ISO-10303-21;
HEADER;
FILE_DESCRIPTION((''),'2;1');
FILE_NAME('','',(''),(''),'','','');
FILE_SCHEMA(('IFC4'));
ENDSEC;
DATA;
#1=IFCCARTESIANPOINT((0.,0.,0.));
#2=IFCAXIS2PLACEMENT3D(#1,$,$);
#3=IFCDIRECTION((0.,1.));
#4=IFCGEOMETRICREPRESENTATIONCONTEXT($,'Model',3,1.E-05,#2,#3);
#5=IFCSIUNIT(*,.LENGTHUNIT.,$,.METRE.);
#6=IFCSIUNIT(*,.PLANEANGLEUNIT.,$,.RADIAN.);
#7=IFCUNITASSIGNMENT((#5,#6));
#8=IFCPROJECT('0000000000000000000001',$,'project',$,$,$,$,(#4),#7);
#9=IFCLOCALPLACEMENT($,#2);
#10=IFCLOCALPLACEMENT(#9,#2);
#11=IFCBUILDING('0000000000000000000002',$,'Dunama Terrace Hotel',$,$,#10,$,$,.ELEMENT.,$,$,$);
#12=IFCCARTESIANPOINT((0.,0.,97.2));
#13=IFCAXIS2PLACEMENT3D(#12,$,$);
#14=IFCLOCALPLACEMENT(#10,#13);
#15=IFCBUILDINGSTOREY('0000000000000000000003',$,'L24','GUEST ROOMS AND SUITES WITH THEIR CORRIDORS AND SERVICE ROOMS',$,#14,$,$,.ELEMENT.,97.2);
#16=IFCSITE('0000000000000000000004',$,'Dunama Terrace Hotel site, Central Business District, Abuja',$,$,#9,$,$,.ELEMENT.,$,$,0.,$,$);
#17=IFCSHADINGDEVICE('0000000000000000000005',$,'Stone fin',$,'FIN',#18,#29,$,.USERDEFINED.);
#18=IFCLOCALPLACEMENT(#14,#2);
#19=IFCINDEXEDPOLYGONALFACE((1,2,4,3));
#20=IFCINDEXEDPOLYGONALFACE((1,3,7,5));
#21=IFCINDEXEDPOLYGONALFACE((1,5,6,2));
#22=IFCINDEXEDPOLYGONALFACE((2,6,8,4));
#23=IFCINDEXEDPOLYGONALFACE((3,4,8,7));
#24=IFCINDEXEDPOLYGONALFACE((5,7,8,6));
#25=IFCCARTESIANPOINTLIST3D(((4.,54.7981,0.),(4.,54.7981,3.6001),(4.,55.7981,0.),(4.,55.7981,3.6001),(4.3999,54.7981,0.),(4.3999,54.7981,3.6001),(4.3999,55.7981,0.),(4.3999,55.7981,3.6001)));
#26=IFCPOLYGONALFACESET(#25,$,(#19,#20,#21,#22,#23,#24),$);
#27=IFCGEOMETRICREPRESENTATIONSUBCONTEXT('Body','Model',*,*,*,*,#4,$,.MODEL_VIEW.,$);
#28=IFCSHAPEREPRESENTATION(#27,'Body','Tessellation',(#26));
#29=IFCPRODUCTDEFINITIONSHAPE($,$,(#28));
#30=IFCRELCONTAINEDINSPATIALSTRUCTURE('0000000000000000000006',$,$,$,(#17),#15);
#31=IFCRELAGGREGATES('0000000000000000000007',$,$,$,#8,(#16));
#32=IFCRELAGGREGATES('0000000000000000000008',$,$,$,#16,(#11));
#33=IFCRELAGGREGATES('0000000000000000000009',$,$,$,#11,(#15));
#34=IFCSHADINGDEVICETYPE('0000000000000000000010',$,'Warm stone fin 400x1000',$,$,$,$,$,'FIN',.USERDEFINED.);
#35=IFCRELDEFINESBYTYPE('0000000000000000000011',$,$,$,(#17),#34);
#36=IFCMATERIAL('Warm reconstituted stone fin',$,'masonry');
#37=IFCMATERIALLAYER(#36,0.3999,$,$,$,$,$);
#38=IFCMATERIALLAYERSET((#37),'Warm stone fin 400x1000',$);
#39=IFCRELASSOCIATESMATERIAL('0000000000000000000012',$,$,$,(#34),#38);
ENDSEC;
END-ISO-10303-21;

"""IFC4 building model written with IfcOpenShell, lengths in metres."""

from ifc_helpers import new_model, si_unit, direction, frame, origin, origin_2d, place, context, subcontext, project, spatial, rectangle, extrude, material, layer, layer_set, type_object, element, save


model = new_model("IFC4")

# Units and contexts
model_context = context("Model", 3, precision=1e-05, world=origin(), true_north=direction((0.0, 1.0)))
body_context = subcontext(model_context, "Body", "Model", "MODEL_VIEW")
ifc_project = project(units=[si_unit("LENGTHUNIT", "METRE"), si_unit("PLANEANGLEUNIT", "RADIAN")], contexts=[model_context])

# Site, building, storey
site_placement = place(None, origin())
site = spatial("IfcSite", under=ifc_project, at=site_placement, Name="Dunama Terrace Hotel site, Central Business District, Abuja", CompositionType="ELEMENT", RefElevation=0.0)
building_placement = place(site_placement, origin())
building = spatial("IfcBuilding", under=site, at=building_placement, Name="Dunama Terrace Hotel", CompositionType="ELEMENT")
storey_placement = place(building_placement, frame((0.0, 0.0, 97.2)))
storey = spatial("IfcBuildingStorey", under=building, at=storey_placement, Name="L24", Description="GUEST ROOMS AND SUITES WITH THEIR CORRIDORS AND SERVICE ROOMS", CompositionType="ELEMENT", Elevation=97.2)

# Shading device
ifc_material_1 = material(Name="Warm reconstituted stone fin", Category="masonry")
ifc_layer_1 = layer(ifc_material_1, 0.3999)
ifc_layer_set_1 = layer_set([ifc_layer_1], Name="Warm stone fin 400x1000")
shading_device_type = type_object("IfcShadingDeviceType", Name="Warm stone fin 400x1000", ElementType="FIN", PredefinedType="USERDEFINED", material=ifc_layer_set_1)
shading_device_placement = place(storey_placement, frame((4.2, 55.2981, 0.0), z_axis=(0.0, 0.0, 1.0), x_axis=(-1.0, 0.0, 0.0)))
element("IfcShadingDevice", 1, at=shading_device_placement, inside=storey, type_object=shading_device_type, Name="Stone fin", ObjectType="FIN", PredefinedType="USERDEFINED", context=body_context, shape_type="SweptSolid", body=[
    extrude(rectangle(XDim=0.3999, YDim=1.0, at=origin_2d()), origin(), (0.0, 0.0, 1.0), 3.6001),
])

save(model, "model.ifc")
